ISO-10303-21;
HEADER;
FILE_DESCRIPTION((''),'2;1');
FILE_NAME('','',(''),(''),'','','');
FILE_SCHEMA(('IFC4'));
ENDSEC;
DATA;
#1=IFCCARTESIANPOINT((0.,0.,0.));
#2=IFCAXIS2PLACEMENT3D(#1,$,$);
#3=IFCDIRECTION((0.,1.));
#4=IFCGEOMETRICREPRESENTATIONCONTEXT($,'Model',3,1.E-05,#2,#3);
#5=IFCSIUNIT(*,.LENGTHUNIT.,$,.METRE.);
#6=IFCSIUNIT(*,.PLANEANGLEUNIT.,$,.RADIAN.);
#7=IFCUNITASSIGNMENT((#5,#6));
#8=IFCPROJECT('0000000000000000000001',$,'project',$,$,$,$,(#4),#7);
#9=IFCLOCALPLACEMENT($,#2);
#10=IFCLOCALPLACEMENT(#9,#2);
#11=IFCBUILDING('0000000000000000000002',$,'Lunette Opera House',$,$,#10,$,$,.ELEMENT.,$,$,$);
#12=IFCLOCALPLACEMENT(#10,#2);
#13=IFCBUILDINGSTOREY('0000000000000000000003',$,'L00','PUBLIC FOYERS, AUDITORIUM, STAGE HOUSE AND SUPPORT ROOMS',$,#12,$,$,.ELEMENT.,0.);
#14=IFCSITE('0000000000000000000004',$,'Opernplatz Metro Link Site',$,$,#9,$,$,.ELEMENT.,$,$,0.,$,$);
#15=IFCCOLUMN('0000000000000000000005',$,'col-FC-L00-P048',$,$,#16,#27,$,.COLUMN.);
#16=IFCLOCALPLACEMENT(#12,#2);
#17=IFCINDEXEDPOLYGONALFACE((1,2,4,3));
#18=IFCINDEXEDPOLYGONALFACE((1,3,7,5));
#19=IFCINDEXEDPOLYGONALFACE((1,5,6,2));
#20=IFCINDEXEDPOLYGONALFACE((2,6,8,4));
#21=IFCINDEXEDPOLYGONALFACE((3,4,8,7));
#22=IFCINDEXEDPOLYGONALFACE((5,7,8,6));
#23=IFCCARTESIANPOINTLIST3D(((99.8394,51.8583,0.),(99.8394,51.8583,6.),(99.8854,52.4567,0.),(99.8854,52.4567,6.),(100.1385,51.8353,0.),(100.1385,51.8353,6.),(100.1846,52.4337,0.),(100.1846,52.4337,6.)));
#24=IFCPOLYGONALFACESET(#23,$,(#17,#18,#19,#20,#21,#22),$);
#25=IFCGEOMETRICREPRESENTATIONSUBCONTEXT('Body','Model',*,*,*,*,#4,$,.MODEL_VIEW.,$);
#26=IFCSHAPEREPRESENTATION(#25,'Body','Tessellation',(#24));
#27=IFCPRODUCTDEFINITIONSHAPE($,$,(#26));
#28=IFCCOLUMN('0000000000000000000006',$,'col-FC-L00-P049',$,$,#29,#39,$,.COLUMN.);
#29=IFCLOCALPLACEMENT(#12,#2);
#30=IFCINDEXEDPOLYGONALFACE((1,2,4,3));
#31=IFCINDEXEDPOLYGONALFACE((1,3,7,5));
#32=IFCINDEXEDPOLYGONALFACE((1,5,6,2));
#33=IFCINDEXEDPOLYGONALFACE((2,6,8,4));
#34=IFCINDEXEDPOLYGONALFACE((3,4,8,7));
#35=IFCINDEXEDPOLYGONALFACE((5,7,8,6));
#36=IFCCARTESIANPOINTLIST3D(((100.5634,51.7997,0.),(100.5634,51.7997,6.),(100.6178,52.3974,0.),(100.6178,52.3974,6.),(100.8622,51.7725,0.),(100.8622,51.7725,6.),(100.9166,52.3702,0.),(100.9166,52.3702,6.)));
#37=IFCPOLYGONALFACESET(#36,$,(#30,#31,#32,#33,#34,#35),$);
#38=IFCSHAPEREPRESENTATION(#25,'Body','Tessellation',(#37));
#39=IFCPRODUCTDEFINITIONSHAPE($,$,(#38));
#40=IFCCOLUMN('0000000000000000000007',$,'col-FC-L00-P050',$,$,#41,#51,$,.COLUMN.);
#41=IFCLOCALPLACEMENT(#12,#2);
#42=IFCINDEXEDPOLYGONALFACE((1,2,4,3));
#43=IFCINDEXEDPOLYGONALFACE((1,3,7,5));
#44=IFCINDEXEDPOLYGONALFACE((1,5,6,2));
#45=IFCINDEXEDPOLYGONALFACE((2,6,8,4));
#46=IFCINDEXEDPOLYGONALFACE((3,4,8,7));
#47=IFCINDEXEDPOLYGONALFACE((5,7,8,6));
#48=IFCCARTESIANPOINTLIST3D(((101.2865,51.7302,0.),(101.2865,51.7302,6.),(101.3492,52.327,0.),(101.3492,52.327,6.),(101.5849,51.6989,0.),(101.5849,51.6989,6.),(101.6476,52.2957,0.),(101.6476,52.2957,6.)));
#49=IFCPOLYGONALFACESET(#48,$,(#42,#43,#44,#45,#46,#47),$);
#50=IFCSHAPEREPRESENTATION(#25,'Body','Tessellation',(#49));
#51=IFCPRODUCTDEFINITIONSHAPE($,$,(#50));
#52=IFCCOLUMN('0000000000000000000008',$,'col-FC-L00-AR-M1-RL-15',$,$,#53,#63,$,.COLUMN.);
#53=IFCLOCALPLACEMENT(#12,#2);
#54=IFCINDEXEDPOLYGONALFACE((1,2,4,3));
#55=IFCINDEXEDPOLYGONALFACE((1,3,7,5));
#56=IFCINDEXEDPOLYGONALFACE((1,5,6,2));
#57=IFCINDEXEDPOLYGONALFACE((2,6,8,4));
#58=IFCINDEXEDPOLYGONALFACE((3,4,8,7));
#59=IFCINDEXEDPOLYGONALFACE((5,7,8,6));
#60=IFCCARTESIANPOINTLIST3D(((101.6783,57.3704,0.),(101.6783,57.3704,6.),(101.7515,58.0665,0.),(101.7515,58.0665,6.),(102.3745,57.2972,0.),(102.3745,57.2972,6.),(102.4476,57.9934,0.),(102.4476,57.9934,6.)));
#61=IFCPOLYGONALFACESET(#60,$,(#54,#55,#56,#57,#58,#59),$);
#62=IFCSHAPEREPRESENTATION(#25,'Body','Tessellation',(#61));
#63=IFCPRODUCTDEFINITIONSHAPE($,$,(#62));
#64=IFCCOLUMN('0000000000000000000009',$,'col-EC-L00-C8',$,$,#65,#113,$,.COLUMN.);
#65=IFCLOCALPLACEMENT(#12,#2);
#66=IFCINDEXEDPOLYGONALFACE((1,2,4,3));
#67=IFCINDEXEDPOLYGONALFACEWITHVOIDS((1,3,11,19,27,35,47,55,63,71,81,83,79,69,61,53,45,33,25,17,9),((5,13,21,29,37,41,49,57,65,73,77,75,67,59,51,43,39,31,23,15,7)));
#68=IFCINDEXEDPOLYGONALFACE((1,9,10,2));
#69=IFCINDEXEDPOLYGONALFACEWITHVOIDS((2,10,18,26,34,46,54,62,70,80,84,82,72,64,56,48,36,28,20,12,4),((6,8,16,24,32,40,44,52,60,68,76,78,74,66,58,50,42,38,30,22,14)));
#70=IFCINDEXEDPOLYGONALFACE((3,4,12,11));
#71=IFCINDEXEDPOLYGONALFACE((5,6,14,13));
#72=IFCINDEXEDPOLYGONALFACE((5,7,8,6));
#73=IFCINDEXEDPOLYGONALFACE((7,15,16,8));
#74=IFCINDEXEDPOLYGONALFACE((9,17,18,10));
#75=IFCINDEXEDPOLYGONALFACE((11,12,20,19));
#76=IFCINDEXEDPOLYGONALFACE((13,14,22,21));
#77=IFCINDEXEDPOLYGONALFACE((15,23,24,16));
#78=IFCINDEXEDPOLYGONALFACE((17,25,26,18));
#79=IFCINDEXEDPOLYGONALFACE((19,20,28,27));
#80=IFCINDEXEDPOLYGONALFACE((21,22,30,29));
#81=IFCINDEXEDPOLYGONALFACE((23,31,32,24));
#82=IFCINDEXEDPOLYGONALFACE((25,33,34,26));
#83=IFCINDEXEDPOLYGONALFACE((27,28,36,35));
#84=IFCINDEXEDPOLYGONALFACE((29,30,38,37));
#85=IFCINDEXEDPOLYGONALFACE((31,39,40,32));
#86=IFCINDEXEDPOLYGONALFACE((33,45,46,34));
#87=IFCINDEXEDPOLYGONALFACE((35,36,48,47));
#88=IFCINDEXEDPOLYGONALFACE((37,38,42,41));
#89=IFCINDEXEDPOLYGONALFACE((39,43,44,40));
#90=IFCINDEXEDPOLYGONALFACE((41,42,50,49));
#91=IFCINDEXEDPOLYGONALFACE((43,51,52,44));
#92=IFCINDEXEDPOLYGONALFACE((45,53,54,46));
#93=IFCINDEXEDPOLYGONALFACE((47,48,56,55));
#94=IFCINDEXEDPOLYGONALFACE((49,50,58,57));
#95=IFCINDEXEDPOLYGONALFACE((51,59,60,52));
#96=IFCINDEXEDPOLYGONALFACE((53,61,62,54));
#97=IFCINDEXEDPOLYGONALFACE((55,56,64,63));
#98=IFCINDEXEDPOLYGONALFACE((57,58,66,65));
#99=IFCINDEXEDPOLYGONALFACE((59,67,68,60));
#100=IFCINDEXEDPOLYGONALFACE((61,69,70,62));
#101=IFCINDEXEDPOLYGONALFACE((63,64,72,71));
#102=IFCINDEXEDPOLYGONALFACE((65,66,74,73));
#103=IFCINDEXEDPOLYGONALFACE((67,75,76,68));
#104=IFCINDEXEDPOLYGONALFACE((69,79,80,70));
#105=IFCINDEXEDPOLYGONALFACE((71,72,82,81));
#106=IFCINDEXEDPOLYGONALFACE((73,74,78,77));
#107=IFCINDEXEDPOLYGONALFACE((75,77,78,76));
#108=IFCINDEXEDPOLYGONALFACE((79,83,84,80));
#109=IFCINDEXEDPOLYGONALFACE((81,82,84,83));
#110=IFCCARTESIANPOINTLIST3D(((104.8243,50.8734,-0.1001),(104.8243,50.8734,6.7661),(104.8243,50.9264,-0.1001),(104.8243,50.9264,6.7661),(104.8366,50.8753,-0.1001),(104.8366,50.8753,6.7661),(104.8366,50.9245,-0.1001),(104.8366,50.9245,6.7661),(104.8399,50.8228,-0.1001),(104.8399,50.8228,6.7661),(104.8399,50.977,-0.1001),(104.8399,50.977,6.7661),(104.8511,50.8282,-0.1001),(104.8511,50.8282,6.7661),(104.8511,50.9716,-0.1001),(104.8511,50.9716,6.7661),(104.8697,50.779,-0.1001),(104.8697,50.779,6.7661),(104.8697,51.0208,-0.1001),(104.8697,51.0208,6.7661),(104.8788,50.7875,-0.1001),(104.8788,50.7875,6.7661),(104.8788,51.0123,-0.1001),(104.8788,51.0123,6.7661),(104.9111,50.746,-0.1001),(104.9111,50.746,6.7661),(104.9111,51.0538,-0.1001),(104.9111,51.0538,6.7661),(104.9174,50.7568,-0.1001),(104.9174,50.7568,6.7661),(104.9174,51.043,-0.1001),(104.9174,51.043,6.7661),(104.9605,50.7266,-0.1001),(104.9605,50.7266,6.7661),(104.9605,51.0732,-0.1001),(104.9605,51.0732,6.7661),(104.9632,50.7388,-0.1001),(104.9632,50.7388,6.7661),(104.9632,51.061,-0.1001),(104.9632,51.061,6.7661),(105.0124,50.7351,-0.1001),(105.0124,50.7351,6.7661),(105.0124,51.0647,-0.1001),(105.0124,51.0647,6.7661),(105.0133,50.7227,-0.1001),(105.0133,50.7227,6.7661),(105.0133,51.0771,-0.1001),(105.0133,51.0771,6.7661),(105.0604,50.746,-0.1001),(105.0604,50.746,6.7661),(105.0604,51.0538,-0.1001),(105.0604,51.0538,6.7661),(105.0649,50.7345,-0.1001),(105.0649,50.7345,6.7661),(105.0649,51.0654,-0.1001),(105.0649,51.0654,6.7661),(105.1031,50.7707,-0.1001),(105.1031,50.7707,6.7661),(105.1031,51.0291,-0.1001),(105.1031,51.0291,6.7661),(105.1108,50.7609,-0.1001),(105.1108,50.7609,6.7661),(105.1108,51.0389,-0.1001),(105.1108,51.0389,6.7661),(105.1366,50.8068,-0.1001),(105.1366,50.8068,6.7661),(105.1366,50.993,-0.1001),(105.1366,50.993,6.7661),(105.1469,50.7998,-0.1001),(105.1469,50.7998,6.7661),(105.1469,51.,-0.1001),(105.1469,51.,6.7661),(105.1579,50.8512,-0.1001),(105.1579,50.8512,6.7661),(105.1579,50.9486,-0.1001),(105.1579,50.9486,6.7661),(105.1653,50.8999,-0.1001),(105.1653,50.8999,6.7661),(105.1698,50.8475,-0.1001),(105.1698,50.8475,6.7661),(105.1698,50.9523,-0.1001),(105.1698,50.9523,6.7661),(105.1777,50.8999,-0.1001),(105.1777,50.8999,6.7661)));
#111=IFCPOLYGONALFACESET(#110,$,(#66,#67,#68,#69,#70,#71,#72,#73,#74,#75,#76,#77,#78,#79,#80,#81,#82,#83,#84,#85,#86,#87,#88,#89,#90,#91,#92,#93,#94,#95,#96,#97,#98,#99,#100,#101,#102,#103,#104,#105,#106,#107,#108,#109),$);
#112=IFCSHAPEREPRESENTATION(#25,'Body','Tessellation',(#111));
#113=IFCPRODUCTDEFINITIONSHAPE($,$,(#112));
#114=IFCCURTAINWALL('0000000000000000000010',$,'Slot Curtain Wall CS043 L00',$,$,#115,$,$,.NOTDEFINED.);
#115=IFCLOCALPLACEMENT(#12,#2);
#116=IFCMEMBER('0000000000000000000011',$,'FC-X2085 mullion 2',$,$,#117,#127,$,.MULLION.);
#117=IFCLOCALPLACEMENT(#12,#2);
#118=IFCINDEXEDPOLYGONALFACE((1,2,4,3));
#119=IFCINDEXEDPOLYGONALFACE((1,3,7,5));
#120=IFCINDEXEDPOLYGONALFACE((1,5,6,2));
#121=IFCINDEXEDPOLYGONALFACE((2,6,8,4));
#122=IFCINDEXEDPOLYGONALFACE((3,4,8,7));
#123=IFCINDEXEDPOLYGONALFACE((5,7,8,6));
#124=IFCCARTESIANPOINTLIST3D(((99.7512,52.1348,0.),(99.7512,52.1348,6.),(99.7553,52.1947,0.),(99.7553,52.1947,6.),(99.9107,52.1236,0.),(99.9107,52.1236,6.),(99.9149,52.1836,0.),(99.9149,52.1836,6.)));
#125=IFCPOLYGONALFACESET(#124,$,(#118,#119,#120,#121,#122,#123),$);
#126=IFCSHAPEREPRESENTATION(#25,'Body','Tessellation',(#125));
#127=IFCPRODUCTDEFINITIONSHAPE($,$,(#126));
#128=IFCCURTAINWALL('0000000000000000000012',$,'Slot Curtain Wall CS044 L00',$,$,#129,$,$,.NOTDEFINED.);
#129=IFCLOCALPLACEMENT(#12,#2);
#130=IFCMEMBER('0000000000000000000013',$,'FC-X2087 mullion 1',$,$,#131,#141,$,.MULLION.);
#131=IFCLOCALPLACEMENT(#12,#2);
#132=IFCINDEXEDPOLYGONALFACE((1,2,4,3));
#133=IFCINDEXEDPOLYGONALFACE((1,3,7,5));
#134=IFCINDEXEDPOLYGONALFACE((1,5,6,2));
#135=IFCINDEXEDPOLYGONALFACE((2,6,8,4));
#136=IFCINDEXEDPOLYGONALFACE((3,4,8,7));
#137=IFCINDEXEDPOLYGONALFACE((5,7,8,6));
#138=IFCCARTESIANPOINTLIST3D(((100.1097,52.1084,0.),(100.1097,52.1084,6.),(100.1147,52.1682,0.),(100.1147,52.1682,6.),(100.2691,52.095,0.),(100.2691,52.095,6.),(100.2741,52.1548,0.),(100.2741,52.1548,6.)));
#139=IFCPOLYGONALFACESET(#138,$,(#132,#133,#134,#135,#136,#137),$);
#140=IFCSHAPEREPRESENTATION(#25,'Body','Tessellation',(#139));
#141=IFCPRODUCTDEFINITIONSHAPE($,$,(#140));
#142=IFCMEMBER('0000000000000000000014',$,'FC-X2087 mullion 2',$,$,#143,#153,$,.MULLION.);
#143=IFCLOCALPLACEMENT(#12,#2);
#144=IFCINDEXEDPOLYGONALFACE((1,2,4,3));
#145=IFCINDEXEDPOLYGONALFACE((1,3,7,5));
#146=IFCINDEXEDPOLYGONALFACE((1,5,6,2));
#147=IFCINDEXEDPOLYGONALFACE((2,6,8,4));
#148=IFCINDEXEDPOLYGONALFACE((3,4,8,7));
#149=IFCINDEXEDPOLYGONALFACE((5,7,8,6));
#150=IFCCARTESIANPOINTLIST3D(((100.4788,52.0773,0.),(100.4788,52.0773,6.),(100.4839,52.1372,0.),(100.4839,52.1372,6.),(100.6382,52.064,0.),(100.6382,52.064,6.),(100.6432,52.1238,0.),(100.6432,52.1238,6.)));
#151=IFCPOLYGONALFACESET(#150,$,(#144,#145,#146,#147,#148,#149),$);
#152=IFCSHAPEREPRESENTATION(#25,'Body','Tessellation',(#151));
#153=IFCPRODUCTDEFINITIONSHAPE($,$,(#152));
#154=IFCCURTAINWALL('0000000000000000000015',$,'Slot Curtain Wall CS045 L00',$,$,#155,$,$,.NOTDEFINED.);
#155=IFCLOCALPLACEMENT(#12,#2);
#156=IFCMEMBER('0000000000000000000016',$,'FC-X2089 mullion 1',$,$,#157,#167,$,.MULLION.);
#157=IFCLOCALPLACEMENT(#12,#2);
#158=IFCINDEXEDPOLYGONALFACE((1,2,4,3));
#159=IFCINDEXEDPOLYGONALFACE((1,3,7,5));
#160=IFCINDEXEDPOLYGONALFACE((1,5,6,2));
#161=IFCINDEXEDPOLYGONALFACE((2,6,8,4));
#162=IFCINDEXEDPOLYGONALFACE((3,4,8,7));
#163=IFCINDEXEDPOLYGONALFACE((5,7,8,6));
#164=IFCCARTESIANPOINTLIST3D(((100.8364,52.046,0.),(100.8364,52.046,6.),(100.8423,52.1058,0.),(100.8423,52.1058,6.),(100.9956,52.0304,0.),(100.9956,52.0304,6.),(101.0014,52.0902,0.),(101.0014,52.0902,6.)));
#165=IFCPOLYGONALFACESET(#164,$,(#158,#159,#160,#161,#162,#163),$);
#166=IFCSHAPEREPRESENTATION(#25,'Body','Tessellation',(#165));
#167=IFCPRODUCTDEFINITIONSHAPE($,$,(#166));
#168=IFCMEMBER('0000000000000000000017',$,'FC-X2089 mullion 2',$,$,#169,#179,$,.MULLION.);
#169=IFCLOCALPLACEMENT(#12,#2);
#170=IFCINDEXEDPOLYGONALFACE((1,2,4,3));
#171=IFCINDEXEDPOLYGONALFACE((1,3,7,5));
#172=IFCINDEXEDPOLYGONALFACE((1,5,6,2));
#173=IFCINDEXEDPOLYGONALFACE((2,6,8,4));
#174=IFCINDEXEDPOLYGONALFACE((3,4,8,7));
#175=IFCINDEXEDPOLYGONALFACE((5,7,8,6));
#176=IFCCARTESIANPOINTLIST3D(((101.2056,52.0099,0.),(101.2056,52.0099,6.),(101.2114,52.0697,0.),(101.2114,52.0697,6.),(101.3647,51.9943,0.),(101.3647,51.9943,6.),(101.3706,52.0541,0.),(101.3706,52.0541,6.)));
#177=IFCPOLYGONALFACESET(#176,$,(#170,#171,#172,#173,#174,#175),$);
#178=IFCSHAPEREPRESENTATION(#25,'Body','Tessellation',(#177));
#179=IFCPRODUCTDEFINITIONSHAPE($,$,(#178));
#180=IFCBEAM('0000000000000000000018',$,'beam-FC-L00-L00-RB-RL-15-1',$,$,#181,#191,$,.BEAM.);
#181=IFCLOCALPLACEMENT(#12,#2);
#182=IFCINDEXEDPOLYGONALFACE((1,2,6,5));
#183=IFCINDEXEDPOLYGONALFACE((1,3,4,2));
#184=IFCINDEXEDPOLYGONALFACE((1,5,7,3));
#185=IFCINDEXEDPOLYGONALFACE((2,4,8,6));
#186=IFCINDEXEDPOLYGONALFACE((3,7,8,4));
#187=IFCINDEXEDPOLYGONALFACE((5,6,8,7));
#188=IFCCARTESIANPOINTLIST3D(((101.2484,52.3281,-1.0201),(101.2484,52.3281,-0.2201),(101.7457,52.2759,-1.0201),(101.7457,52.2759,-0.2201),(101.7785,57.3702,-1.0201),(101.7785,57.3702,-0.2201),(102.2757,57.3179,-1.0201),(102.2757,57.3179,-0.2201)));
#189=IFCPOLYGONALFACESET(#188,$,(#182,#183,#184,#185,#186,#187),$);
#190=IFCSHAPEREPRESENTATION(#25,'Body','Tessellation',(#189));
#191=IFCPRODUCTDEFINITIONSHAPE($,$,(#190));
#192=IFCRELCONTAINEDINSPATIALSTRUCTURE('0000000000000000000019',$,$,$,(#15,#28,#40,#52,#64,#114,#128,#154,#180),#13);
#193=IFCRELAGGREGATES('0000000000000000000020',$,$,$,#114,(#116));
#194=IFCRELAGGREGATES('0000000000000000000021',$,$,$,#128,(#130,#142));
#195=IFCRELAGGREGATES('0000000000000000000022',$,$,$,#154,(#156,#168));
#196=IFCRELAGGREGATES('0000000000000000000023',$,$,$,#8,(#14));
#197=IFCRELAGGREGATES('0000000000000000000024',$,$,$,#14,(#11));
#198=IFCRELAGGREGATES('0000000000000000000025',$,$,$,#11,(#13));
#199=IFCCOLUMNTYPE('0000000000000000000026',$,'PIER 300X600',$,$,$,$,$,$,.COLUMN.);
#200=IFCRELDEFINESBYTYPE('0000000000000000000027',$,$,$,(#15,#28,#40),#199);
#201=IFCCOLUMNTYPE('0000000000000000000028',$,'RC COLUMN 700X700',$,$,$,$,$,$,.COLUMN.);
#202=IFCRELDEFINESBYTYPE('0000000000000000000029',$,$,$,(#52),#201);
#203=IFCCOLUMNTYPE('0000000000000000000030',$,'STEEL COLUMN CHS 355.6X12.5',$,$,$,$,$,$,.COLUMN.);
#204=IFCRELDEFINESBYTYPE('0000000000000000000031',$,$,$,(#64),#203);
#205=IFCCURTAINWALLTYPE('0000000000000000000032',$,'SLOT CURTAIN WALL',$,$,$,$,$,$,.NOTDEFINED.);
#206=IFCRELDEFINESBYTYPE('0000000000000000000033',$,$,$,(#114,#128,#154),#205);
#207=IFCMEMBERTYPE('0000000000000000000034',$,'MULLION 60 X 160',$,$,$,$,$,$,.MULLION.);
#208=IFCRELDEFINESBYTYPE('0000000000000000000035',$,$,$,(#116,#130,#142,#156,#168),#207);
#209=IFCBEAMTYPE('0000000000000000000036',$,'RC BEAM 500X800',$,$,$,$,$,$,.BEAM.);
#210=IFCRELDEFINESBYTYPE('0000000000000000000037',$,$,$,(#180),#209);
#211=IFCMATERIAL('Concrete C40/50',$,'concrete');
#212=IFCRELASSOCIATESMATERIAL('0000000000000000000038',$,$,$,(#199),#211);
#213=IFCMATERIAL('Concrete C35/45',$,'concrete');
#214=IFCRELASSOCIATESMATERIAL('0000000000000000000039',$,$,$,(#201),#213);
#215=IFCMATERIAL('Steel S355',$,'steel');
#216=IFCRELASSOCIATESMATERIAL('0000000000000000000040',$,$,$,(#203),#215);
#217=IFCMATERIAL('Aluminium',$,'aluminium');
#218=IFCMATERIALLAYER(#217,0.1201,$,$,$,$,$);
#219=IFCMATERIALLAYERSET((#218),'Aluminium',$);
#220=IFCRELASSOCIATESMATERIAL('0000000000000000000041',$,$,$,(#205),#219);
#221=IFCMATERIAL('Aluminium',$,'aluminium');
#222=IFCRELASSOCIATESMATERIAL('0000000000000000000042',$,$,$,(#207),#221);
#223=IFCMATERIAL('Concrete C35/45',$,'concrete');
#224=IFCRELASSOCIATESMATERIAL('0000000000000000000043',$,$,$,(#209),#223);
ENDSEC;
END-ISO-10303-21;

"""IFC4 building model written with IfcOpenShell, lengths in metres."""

from ifc_helpers import new_model, si_unit, direction, frame, origin, origin_2d, place, context, subcontext, project, spatial, rectangle, hollow_circle, extrude, material, layer, layer_set, material_profile, profile_set, type_object, element, aggregate, save


model = new_model("IFC4")

# Units and contexts
model_context = context("Model", 3, precision=1e-05, world=origin(), true_north=direction((0.0, 1.0)))
body_context = subcontext(model_context, "Body", "Model", "MODEL_VIEW")
ifc_project = project(units=[si_unit("LENGTHUNIT", "METRE"), si_unit("PLANEANGLEUNIT", "RADIAN")], contexts=[model_context])

# Site, building, storey
site_placement = place(None, origin())
site = spatial("IfcSite", under=ifc_project, at=site_placement, Name="Opernplatz Metro Link Site", CompositionType="ELEMENT", RefElevation=0.0)
building_placement = place(site_placement, origin())
building = spatial("IfcBuilding", under=site, at=building_placement, Name="Lunette Opera House", CompositionType="ELEMENT")
storey_placement = place(building_placement, origin())
storey = spatial("IfcBuildingStorey", under=building, at=storey_placement, Name="L00", Description="PUBLIC FOYERS, AUDITORIUM, STAGE HOUSE AND SUPPORT ROOMS", CompositionType="ELEMENT", Elevation=0.0)

# Columns
ifc_material_1 = material(Name="Concrete C40/50", Category="concrete")
ifc_material_profile_1 = material_profile(ifc_material_1, rectangle(XDim=0.3, YDim=0.6001, at=origin_2d()), Name="PIER 300X600")
ifc_profile_set_1 = profile_set([ifc_material_profile_1], Name="Concrete C40/50")
column_type_1 = type_object("IfcColumnType", Name="PIER 300X600", PredefinedType="COLUMN", material=ifc_profile_set_1)
for number, where, z_axis, x_axis, name in (
    (1, (100.012, 52.146, 0.0), (0.0, 0.0, 1.0), (0.997053, -0.076719, 0.0), "col-FC-L00-P048"),
    (2, (100.74, 52.085, 0.0), (0.0, 0.0, 1.0), (0.995884, -0.090633, 0.0), "col-FC-L00-P049"),
    (3, (101.467, 52.0129, 0.0), (0.0, 0.0, 1.0), (0.994522, -0.104528, 0.0), "col-FC-L00-P050"),
):
    element("IfcColumn", number, at=place(storey_placement, frame(where, z_axis=z_axis, x_axis=x_axis)), inside=storey, type_object=column_type_1, Name=name, PredefinedType="COLUMN", context=body_context, shape_type="SweptSolid", body=[
        extrude(rectangle(XDim=0.3, YDim=0.6001, at=origin_2d()), origin(), (0.0, 0.0, 1.0), 6.0),
    ])
ifc_material_2 = material(Name="Concrete C35/45", Category="concrete")
ifc_material_profile_2 = material_profile(ifc_material_2, rectangle(XDim=0.7, YDim=0.7, at=origin_2d()), Name="RC COLUMN 700X700")
ifc_profile_set_2 = profile_set([ifc_material_profile_2], Name="Concrete C35/45")
column_type_2 = type_object("IfcColumnType", Name="RC COLUMN 700X700", PredefinedType="COLUMN", material=ifc_profile_set_2)
column_1_placement = place(storey_placement, frame((102.063, 57.6819, 0.0), z_axis=(0.0, 0.0, 1.0), x_axis=(0.994522, -0.104528, 0.0)))
element("IfcColumn", 4, at=column_1_placement, inside=storey, type_object=column_type_2, Name="col-FC-L00-AR-M1-RL-15", PredefinedType="COLUMN", context=body_context, shape_type="SweptSolid", body=[
    extrude(rectangle(XDim=0.7, YDim=0.7, at=origin_2d()), origin(), (0.0, 0.0, 1.0), 6.0),
])
ifc_material_3 = material(Name="Steel S355", Category="steel")
ifc_material_profile_3 = material_profile(ifc_material_3, hollow_circle(Radius=0.1777, WallThickness=0.0125, at=origin_2d()), Name="CHS 355.6X12.5")
ifc_profile_set_3 = profile_set([ifc_material_profile_3], Name="Steel S355")
column_type_3 = type_object("IfcColumnType", Name="STEEL COLUMN CHS 355.6X12.5", PredefinedType="COLUMN", material=ifc_profile_set_3)
column_2_placement = place(storey_placement, frame((105.0, 50.8999, -0.1001), z_axis=(0.0, 0.0, 1.0), x_axis=(1.0, 0.0, 0.0)))
element("IfcColumn", 5, at=column_2_placement, inside=storey, type_object=column_type_3, Name="col-EC-L00-C8", PredefinedType="COLUMN", context=body_context, shape_type="SweptSolid", body=[
    extrude(hollow_circle(Radius=0.1777, WallThickness=0.0125, at=origin_2d()), origin(), (0.0, 0.0, 1.0), 6.8662),
])

# Curtain wall, member
ifc_material_4 = material(Name="Aluminium", Category="aluminium")
ifc_layer_1 = layer(ifc_material_4, 0.1201)
ifc_layer_set_1 = layer_set([ifc_layer_1], Name="Aluminium")
curtain_wall_type = type_object("IfcCurtainWallType", Name="SLOT CURTAIN WALL", PredefinedType="NOTDEFINED", material=ifc_layer_set_1)
curtain_wall_1_placement = place(storey_placement, origin())
curtain_wall_1 = element("IfcCurtainWall", 6, at=curtain_wall_1_placement, inside=storey, type_object=curtain_wall_type, Name="Slot Curtain Wall CS043 L00", PredefinedType="NOTDEFINED")
ifc_material_5 = material(Name="Aluminium", Category="aluminium")
ifc_material_profile_4 = material_profile(ifc_material_5, rectangle(XDim=0.0601, YDim=0.1599, at=origin_2d()), Name="MULLION 60 X 160")
ifc_profile_set_4 = profile_set([ifc_material_profile_4], Name="Aluminium")
member_type_1 = type_object("IfcMemberType", Name="MULLION 60 X 160", PredefinedType="MULLION", material=ifc_profile_set_4)
member_1_placement = place(storey_placement, frame((99.833, 52.1592, 0.0), z_axis=(0.0, 0.0, 1.0), x_axis=(0.06976, 0.997564, 0.0)))
member_1 = element("IfcMember", 7, at=member_1_placement, type_object=member_type_1, Name="FC-X2085 mullion 2", PredefinedType="MULLION", context=body_context, shape_type="SweptSolid", body=[
    extrude(rectangle(XDim=0.0601, YDim=0.1599, at=origin_2d()), origin(), (0.0, 0.0, 1.0), 6.0),
])

# Curtain walls, members
curtain_wall_2_placement = place(storey_placement, origin())
curtain_wall_2 = element("IfcCurtainWall", 8, at=curtain_wall_2_placement, inside=storey, type_object=curtain_wall_type, Name="Slot Curtain Wall CS044 L00", PredefinedType="NOTDEFINED")
member_2_placement = place(storey_placement, frame((100.1919, 52.1316, 0.0), z_axis=(0.0, 0.0, 1.0), x_axis=(0.083622, 0.996498, 0.0)))
member_2 = element("IfcMember", 9, at=member_2_placement, type_object=member_type_1, Name="FC-X2087 mullion 1", PredefinedType="MULLION", context=body_context, shape_type="SweptSolid", body=[
    extrude(rectangle(XDim=0.0601, YDim=0.1599, at=origin_2d()), origin(), (0.0, 0.0, 1.0), 6.0),
])
member_3_placement = place(storey_placement, frame((100.561, 52.1006, 0.0), z_axis=(0.0, 0.0, 1.0), x_axis=(0.083622, 0.996498, 0.0)))
member_3 = element("IfcMember", 10, at=member_3_placement, type_object=member_type_1, Name="FC-X2087 mullion 2", PredefinedType="MULLION", context=body_context, shape_type="SweptSolid", body=[
    extrude(rectangle(XDim=0.0601, YDim=0.1599, at=origin_2d()), origin(), (0.0, 0.0, 1.0), 6.0),
])
curtain_wall_3_placement = place(storey_placement, origin())
curtain_wall_3 = element("IfcCurtainWall", 11, at=curtain_wall_3_placement, inside=storey, type_object=curtain_wall_type, Name="Slot Curtain Wall CS045 L00", PredefinedType="NOTDEFINED")
member_4_placement = place(storey_placement, frame((100.9189, 52.0681, 0.0), z_axis=(0.0, 0.0, 1.0), x_axis=(0.097436, 0.995242, 0.0)))
member_4 = element("IfcMember", 12, at=member_4_placement, type_object=member_type_1, Name="FC-X2089 mullion 1", PredefinedType="MULLION", context=body_context, shape_type="SweptSolid", body=[
    extrude(rectangle(XDim=0.0601, YDim=0.1599, at=origin_2d()), origin(), (0.0, 0.0, 1.0), 6.0),
])
member_5_placement = place(storey_placement, frame((101.2881, 52.032, 0.0), z_axis=(0.0, 0.0, 1.0), x_axis=(0.097436, 0.995242, 0.0)))
member_5 = element("IfcMember", 13, at=member_5_placement, type_object=member_type_1, Name="FC-X2089 mullion 2", PredefinedType="MULLION", context=body_context, shape_type="SweptSolid", body=[
    extrude(rectangle(XDim=0.0601, YDim=0.1599, at=origin_2d()), origin(), (0.0, 0.0, 1.0), 6.0),
])

# Beam
ifc_material_6 = material(Name="Concrete C35/45", Category="concrete")
ifc_material_profile_5 = material_profile(ifc_material_6, rectangle(XDim=0.5, YDim=0.8, at=origin_2d()), Name="RC BEAM 500X800")
ifc_profile_set_5 = profile_set([ifc_material_profile_5], Name="Concrete C35/45")
beam_type = type_object("IfcBeamType", Name="RC BEAM 500X800", PredefinedType="BEAM", material=ifc_profile_set_5)
beam_1_placement = place(storey_placement, frame((101.4971, 52.302, -0.6201), z_axis=(0.104547, 0.99452, 0.0), x_axis=(-0.99452, 0.104547, 0.0)))
element("IfcBeam", 14, at=beam_1_placement, inside=storey, type_object=beam_type, Name="beam-FC-L00-L00-RB-RL-15-1", PredefinedType="BEAM", context=body_context, shape_type="SweptSolid", body=[
    extrude(rectangle(XDim=0.5, YDim=0.8, at=origin_2d()), origin(), (0.0, 0.0, 1.0), 5.0698),
])

aggregate(curtain_wall_1, [member_1])
aggregate(curtain_wall_2, [member_2, member_3])
aggregate(curtain_wall_3, [member_4, member_5])

save(model, "model.ifc")
